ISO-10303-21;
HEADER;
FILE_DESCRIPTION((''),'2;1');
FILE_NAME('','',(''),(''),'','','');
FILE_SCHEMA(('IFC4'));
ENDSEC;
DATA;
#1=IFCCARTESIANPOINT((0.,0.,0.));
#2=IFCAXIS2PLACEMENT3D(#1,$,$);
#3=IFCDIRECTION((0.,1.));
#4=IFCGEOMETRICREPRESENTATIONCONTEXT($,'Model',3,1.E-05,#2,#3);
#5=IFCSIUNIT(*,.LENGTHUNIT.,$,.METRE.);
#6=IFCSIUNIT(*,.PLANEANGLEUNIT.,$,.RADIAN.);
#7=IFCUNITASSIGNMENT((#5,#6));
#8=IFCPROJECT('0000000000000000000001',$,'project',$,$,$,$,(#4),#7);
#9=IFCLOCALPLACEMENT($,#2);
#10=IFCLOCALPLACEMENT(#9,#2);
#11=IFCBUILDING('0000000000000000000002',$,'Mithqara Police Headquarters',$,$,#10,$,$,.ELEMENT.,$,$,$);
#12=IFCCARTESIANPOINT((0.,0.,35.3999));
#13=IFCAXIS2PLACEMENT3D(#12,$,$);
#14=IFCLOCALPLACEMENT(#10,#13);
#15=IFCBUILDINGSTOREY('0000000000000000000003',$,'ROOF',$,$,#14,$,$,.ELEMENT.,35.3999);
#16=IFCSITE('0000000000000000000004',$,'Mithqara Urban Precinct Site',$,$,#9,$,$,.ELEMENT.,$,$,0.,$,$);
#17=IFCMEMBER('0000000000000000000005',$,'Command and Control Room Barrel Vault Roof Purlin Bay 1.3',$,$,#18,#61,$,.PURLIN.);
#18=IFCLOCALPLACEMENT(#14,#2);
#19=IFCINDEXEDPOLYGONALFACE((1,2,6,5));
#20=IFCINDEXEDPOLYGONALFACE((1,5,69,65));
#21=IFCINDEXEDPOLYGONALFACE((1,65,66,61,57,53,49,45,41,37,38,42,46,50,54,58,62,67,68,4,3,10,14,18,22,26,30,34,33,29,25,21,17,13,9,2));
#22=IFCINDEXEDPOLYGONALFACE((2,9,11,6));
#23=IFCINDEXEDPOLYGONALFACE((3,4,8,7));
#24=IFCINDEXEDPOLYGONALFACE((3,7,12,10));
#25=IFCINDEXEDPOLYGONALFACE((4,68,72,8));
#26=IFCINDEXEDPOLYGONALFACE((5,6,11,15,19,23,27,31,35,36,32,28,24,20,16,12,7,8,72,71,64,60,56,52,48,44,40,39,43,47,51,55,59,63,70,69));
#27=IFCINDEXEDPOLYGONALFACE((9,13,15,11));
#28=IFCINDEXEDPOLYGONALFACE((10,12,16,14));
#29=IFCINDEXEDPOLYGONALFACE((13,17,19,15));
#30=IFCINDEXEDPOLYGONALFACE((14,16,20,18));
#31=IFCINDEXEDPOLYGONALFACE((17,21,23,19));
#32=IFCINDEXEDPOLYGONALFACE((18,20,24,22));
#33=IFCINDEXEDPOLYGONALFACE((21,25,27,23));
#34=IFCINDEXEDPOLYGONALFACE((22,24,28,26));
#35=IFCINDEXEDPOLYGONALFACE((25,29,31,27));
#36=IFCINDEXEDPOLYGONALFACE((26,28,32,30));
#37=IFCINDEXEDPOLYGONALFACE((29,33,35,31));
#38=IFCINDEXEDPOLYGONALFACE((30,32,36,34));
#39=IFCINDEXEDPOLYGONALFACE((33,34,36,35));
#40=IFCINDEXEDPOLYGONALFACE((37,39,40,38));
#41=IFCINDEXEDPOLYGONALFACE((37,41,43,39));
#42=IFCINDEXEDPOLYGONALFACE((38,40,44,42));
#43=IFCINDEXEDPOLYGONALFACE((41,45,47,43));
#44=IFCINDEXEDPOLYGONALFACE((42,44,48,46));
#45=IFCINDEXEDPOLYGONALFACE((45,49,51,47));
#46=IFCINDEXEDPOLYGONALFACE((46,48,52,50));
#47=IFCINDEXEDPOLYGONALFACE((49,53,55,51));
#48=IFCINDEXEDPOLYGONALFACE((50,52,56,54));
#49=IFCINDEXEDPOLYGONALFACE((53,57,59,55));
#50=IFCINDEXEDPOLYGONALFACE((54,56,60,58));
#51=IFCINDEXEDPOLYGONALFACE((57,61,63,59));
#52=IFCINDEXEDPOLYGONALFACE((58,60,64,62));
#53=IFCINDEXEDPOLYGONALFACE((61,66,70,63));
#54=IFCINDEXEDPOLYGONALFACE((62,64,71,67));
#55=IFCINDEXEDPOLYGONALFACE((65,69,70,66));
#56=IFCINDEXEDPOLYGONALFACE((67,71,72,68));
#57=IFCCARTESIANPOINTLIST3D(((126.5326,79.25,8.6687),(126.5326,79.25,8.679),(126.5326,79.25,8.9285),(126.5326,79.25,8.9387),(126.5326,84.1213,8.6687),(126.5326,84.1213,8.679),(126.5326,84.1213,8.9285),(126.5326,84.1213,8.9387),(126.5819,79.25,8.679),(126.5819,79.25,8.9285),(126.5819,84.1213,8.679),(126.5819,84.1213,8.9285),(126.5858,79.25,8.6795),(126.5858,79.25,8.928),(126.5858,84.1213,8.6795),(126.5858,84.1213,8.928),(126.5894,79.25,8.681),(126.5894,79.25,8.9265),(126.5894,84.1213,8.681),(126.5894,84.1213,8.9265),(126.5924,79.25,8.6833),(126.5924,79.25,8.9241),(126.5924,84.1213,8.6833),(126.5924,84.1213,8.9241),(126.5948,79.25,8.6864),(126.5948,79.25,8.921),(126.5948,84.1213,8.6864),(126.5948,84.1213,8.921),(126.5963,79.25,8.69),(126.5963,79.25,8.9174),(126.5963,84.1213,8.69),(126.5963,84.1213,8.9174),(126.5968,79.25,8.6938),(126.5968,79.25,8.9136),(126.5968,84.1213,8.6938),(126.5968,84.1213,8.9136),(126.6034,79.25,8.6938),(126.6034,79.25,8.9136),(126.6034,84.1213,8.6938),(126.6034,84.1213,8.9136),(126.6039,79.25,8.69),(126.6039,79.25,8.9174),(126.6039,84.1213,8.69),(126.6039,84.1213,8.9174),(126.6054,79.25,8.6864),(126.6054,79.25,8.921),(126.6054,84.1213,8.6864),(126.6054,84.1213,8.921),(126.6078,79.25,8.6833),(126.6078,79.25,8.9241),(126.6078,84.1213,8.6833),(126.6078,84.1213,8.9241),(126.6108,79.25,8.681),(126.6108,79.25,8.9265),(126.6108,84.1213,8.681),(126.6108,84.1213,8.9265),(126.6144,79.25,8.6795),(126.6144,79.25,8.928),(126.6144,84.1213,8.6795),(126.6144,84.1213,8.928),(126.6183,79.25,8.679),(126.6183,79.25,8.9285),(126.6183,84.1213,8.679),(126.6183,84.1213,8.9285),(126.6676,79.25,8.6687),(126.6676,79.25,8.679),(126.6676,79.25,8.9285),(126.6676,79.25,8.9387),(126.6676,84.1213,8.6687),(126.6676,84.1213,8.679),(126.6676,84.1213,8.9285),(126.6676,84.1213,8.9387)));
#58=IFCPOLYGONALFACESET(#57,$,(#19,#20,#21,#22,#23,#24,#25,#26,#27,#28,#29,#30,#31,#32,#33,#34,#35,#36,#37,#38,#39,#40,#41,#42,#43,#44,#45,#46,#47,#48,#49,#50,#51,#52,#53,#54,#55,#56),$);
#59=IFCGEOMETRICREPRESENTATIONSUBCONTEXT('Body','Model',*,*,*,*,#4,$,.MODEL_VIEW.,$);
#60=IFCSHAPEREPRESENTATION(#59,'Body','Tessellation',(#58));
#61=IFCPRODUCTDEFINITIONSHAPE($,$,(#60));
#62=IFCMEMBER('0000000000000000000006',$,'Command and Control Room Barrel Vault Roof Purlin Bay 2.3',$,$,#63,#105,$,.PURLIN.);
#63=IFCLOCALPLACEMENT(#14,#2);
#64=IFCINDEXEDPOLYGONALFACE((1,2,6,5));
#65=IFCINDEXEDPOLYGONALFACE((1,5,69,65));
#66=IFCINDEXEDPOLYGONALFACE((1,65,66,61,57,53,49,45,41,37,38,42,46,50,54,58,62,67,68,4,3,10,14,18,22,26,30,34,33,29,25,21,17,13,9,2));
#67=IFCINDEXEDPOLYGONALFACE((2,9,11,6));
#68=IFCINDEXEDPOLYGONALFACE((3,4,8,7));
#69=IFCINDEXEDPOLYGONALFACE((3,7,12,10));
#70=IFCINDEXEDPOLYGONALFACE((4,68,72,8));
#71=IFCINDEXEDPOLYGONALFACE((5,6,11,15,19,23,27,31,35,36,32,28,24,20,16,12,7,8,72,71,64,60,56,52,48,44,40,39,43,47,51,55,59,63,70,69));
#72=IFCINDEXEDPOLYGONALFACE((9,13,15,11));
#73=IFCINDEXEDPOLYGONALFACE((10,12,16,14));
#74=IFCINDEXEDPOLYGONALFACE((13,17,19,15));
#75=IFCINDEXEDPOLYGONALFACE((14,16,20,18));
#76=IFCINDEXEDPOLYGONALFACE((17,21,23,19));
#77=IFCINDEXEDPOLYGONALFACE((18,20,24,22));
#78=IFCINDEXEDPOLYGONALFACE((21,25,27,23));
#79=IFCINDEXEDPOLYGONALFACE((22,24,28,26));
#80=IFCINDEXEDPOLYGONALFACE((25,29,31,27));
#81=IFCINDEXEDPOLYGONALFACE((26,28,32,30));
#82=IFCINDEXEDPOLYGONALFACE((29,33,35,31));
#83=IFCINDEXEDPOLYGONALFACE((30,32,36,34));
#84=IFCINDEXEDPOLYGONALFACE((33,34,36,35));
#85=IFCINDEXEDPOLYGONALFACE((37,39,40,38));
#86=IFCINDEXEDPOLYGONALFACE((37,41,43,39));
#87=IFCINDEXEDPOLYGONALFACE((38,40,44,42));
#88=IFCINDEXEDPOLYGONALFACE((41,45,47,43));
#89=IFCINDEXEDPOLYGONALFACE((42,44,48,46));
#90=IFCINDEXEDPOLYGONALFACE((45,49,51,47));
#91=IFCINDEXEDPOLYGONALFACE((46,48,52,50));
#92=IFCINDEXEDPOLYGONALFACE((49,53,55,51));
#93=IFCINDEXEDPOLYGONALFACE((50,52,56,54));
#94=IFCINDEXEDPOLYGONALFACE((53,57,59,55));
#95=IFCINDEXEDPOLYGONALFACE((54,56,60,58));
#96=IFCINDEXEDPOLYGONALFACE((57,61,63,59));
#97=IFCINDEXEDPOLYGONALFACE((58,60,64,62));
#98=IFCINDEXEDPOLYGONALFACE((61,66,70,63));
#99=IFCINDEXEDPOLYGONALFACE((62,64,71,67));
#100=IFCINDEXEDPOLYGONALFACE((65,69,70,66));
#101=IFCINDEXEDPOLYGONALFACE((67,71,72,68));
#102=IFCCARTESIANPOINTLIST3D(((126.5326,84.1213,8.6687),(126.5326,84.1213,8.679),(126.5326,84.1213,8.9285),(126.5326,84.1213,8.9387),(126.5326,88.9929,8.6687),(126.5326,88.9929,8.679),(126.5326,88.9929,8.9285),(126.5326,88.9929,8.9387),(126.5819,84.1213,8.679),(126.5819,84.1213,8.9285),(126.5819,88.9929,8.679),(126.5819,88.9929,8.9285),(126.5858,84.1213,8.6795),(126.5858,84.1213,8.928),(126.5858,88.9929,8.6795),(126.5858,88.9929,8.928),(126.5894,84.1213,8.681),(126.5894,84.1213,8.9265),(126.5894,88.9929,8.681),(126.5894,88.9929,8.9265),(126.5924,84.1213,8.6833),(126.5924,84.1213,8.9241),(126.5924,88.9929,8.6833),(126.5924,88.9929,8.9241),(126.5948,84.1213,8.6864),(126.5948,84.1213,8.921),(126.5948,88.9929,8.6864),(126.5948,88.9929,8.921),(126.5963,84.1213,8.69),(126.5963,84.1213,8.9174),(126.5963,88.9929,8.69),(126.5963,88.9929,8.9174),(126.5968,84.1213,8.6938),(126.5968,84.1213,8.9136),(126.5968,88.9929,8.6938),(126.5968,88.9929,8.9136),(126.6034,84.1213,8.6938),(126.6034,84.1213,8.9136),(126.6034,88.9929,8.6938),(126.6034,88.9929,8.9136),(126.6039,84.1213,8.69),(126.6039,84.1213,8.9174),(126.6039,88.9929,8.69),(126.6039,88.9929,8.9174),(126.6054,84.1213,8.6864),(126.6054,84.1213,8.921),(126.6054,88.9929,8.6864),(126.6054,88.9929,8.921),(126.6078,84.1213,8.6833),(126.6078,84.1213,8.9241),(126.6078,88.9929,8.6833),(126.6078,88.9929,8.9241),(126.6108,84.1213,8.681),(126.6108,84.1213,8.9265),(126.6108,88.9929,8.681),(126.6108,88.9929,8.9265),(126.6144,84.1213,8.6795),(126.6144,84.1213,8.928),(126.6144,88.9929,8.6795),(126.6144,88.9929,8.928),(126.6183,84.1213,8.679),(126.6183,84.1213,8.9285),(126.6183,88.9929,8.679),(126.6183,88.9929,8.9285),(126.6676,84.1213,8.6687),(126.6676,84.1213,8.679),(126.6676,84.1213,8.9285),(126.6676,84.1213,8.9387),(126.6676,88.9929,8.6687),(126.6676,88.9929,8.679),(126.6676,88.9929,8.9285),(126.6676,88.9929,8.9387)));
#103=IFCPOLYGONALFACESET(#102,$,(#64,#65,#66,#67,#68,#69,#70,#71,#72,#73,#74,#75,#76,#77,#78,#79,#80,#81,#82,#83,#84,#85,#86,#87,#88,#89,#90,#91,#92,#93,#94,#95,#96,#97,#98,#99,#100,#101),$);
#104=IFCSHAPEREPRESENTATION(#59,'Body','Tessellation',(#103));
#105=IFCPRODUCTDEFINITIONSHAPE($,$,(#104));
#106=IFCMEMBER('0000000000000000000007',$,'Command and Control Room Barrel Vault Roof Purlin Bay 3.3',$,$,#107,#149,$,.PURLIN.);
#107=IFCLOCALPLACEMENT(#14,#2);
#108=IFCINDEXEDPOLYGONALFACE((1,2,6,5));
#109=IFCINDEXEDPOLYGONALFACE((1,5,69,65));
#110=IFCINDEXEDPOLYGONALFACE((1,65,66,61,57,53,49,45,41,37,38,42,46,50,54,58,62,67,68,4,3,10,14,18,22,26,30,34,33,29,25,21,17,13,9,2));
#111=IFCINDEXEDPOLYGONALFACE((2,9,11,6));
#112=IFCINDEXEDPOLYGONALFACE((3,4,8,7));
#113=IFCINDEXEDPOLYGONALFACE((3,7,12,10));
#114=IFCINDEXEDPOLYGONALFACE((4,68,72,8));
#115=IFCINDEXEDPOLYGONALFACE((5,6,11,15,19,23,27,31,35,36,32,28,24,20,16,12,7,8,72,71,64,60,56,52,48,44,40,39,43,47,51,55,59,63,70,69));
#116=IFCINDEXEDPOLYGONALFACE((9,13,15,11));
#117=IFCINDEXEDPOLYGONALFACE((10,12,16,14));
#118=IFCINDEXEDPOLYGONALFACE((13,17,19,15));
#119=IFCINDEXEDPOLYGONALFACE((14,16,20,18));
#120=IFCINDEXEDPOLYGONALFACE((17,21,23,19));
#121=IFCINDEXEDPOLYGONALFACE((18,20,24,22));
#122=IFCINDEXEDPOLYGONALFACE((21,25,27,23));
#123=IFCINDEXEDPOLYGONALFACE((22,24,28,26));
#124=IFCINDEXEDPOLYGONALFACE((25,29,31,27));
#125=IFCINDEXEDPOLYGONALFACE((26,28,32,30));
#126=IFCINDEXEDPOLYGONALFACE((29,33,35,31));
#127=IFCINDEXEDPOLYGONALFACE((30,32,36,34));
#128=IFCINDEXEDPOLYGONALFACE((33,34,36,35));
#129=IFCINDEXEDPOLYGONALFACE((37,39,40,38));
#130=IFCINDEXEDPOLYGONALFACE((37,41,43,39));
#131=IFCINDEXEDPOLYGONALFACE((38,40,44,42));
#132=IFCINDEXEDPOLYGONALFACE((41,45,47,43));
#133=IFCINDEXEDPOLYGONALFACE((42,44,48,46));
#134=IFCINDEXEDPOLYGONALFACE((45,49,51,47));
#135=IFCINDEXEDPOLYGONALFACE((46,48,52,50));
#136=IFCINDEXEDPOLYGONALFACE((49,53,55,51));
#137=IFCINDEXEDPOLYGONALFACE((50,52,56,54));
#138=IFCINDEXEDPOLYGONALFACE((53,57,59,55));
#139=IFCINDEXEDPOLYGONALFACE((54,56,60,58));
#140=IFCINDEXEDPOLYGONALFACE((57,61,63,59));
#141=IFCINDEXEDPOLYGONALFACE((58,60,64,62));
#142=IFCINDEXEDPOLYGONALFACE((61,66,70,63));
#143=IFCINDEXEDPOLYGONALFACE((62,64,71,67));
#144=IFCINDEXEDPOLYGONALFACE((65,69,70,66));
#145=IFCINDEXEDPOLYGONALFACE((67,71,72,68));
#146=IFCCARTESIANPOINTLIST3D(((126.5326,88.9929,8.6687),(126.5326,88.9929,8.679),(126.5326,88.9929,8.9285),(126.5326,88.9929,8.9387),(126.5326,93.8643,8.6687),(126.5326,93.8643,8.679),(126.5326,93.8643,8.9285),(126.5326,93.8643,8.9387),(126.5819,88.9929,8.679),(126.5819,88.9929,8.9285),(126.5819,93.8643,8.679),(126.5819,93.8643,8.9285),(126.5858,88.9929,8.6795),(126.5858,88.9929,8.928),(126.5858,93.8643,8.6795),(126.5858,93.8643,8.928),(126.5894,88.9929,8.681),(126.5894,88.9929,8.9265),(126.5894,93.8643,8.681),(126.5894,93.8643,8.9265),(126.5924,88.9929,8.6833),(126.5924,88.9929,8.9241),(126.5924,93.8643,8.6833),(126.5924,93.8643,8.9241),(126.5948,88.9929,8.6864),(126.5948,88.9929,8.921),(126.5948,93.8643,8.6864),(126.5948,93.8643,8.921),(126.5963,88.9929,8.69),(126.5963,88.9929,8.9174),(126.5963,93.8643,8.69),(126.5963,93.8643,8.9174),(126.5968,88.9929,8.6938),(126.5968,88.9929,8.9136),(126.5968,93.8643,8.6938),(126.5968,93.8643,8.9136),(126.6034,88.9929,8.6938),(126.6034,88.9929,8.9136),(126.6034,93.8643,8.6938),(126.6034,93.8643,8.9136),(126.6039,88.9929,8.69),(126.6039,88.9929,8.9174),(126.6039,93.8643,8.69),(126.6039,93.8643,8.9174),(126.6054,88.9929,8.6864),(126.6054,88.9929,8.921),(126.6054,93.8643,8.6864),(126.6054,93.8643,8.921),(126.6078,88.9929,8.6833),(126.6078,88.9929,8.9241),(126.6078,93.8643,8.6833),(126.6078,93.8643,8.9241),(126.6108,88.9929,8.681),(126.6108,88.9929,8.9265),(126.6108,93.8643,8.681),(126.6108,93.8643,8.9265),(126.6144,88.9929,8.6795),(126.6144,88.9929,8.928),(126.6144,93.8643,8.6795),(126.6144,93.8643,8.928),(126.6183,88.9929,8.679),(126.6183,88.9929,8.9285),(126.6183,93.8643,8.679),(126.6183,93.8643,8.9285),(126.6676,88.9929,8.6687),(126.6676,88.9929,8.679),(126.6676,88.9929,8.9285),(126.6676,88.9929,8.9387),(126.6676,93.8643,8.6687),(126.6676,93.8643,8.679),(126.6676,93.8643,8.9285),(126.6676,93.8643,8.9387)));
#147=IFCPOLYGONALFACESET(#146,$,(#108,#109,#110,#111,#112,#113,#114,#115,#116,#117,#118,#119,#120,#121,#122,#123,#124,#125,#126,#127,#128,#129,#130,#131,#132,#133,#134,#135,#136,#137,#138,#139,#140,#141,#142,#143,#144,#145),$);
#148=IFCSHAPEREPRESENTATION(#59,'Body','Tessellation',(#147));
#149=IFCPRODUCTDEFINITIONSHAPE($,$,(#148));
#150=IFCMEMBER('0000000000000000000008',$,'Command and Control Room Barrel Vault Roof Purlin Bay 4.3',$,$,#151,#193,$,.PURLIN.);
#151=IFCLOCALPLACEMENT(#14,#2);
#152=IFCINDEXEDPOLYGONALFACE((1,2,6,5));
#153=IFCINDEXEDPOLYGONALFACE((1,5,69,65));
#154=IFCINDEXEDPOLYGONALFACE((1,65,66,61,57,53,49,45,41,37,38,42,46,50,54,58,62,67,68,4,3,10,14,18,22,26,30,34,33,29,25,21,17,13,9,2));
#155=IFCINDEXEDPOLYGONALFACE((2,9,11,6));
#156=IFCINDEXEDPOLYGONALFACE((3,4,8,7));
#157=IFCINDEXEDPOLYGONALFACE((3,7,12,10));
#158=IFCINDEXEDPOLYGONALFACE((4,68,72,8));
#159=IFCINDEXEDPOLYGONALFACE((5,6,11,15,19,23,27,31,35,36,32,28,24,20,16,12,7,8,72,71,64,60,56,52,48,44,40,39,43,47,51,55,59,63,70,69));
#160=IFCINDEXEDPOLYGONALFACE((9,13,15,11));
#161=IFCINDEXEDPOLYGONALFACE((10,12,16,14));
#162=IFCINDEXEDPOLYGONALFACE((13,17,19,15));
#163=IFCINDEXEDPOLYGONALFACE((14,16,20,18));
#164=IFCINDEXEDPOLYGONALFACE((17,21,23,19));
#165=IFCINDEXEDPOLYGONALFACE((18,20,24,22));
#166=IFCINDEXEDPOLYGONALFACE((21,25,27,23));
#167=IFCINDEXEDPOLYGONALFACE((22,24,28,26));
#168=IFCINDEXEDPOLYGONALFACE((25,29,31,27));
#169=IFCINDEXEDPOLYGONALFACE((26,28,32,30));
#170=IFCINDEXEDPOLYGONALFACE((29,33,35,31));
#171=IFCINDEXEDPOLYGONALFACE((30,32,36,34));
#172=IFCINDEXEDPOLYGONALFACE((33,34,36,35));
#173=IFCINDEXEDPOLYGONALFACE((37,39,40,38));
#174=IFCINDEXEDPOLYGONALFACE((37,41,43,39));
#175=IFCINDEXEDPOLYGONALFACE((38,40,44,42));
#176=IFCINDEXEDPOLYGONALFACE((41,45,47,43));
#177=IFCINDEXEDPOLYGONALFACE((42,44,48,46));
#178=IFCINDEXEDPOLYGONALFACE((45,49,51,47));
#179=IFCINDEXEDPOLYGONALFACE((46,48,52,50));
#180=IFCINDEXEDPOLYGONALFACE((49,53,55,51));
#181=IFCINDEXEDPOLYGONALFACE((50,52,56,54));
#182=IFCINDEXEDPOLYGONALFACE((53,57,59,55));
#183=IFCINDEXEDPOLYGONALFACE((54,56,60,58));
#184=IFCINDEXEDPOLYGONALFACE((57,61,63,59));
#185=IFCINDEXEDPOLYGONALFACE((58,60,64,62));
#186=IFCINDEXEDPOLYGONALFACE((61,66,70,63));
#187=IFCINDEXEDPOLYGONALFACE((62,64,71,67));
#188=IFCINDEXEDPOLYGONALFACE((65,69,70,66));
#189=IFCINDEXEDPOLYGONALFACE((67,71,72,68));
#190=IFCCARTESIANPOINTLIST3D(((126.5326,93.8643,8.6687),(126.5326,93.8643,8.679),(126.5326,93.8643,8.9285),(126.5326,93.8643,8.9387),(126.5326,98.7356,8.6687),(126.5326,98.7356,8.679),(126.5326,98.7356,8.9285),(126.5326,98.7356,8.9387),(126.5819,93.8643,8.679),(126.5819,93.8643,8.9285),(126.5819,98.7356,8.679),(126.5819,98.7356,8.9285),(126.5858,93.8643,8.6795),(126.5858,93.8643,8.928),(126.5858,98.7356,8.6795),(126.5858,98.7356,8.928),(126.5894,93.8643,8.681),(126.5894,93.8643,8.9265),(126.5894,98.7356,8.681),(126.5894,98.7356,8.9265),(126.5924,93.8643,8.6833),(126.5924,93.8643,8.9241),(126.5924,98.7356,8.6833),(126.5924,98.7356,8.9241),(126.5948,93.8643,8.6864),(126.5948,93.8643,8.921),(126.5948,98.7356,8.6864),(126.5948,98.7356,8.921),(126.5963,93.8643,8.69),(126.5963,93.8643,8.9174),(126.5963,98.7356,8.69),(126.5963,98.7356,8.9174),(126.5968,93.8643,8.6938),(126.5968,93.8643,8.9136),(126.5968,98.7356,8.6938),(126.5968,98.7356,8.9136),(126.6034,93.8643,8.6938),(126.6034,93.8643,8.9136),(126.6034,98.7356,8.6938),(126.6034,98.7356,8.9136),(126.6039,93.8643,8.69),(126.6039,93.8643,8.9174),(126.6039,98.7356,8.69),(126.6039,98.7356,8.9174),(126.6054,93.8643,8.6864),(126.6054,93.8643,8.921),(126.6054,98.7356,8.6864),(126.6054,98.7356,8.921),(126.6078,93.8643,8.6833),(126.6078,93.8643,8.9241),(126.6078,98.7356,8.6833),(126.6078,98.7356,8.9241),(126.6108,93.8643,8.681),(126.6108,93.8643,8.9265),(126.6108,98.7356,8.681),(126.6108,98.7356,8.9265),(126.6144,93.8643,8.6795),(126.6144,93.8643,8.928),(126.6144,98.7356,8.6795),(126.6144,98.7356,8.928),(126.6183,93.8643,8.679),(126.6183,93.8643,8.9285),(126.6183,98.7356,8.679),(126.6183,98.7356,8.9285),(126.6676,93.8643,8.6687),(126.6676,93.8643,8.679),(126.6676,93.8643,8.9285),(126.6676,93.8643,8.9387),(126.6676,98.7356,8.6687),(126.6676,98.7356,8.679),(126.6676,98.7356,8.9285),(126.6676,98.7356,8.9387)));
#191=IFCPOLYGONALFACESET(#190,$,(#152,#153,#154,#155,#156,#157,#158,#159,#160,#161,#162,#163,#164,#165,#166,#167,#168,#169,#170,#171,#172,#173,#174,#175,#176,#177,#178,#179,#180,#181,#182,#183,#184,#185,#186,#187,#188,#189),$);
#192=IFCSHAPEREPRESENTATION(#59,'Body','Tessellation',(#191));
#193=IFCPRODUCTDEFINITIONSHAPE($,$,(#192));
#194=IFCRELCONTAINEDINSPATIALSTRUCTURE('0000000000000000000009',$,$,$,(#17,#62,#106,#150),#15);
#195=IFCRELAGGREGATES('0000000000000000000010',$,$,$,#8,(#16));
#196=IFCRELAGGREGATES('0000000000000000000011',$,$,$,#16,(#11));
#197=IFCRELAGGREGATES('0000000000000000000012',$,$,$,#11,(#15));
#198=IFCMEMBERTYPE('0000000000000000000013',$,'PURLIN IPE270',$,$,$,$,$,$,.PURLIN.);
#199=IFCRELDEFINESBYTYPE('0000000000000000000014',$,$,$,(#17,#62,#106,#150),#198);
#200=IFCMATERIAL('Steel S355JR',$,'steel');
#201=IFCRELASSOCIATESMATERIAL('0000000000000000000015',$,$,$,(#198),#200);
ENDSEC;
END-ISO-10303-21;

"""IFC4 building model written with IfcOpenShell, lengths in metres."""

from ifc_helpers import new_model, si_unit, direction, frame, origin, origin_2d, place, context, subcontext, project, spatial, i_section, extrude, material, material_profile, profile_set, type_object, element, save


model = new_model("IFC4")

# Units and contexts
model_context = context("Model", 3, precision=1e-05, world=origin(), true_north=direction((0.0, 1.0)))
body_context = subcontext(model_context, "Body", "Model", "MODEL_VIEW")
ifc_project = project(units=[si_unit("LENGTHUNIT", "METRE"), si_unit("PLANEANGLEUNIT", "RADIAN")], contexts=[model_context])

# Site, building, storey
site_placement = place(None, origin())
site = spatial("IfcSite", under=ifc_project, at=site_placement, Name="Mithqara Urban Precinct Site", CompositionType="ELEMENT", RefElevation=0.0)
building_placement = place(site_placement, origin())
building = spatial("IfcBuilding", under=site, at=building_placement, Name="Mithqara Police Headquarters", CompositionType="ELEMENT")
storey_placement = place(building_placement, frame((0.0, 0.0, 35.3999)))
storey = spatial("IfcBuildingStorey", under=building, at=storey_placement, Name="ROOF", CompositionType="ELEMENT", Elevation=35.3999)

# Members
ifc_material_1 = material(Name="Steel S355JR", Category="steel")
ifc_material_profile_1 = material_profile(ifc_material_1, i_section(OverallWidth=0.135, OverallDepth=0.27, WebThickness=0.0066, FlangeThickness=0.0103, FilletRadius=0.0149, at=origin_2d()), Name="IPE 270")
ifc_profile_set_1 = profile_set([ifc_material_profile_1], Name="Steel S355JR")
member_type_1 = type_object("IfcMemberType", Name="PURLIN IPE270", PredefinedType="PURLIN", material=ifc_profile_set_1)
member_1_placement = place(storey_placement, frame((126.6001, 79.25, 8.8037), z_axis=(0.0, 1.0, 0.0), x_axis=(-1.0, 0.0, 0.0)))
element("IfcMember", 1, at=member_1_placement, inside=storey, type_object=member_type_1, Name="Command and Control Room Barrel Vault Roof Purlin Bay 1.3", PredefinedType="PURLIN", context=body_context, shape_type="SweptSolid", body=[
    extrude(i_section(OverallWidth=0.135, OverallDepth=0.27, WebThickness=0.0066, FlangeThickness=0.0103, FilletRadius=0.0149, at=origin_2d()), origin(), (0.0, 0.0, 1.0), 4.8713),
])
member_2_placement = place(storey_placement, frame((126.6001, 84.1213, 8.8037), z_axis=(0.0, 1.0, 0.0), x_axis=(-1.0, 0.0, 0.0)))
element("IfcMember", 2, at=member_2_placement, inside=storey, type_object=member_type_1, Name="Command and Control Room Barrel Vault Roof Purlin Bay 2.3", PredefinedType="PURLIN", context=body_context, shape_type="SweptSolid", body=[
    extrude(i_section(OverallWidth=0.135, OverallDepth=0.27, WebThickness=0.0066, FlangeThickness=0.0103, FilletRadius=0.0149, at=origin_2d()), origin(), (0.0, 0.0, 1.0), 4.8716),
])
for number, where, z_axis, x_axis, name in (
    (3, (126.6001, 88.9929, 8.8037), (0.0, 1.0, 0.0), (-1.0, 0.0, 0.0), "Command and Control Room Barrel Vault Roof Purlin Bay 3.3"),
    (4, (126.6001, 93.8643, 8.8037), (0.0, 1.0, 0.0), (-1.0, 0.0, 0.0), "Command and Control Room Barrel Vault Roof Purlin Bay 4.3"),
):
    element("IfcMember", number, at=place(storey_placement, frame(where, z_axis=z_axis, x_axis=x_axis)), inside=storey, type_object=member_type_1, Name=name, PredefinedType="PURLIN", context=body_context, shape_type="SweptSolid", body=[
        extrude(i_section(OverallWidth=0.135, OverallDepth=0.27, WebThickness=0.0066, FlangeThickness=0.0103, FilletRadius=0.0149, at=origin_2d()), origin(), (0.0, 0.0, 1.0), 4.8713),
    ])

save(model, "model.ifc")
